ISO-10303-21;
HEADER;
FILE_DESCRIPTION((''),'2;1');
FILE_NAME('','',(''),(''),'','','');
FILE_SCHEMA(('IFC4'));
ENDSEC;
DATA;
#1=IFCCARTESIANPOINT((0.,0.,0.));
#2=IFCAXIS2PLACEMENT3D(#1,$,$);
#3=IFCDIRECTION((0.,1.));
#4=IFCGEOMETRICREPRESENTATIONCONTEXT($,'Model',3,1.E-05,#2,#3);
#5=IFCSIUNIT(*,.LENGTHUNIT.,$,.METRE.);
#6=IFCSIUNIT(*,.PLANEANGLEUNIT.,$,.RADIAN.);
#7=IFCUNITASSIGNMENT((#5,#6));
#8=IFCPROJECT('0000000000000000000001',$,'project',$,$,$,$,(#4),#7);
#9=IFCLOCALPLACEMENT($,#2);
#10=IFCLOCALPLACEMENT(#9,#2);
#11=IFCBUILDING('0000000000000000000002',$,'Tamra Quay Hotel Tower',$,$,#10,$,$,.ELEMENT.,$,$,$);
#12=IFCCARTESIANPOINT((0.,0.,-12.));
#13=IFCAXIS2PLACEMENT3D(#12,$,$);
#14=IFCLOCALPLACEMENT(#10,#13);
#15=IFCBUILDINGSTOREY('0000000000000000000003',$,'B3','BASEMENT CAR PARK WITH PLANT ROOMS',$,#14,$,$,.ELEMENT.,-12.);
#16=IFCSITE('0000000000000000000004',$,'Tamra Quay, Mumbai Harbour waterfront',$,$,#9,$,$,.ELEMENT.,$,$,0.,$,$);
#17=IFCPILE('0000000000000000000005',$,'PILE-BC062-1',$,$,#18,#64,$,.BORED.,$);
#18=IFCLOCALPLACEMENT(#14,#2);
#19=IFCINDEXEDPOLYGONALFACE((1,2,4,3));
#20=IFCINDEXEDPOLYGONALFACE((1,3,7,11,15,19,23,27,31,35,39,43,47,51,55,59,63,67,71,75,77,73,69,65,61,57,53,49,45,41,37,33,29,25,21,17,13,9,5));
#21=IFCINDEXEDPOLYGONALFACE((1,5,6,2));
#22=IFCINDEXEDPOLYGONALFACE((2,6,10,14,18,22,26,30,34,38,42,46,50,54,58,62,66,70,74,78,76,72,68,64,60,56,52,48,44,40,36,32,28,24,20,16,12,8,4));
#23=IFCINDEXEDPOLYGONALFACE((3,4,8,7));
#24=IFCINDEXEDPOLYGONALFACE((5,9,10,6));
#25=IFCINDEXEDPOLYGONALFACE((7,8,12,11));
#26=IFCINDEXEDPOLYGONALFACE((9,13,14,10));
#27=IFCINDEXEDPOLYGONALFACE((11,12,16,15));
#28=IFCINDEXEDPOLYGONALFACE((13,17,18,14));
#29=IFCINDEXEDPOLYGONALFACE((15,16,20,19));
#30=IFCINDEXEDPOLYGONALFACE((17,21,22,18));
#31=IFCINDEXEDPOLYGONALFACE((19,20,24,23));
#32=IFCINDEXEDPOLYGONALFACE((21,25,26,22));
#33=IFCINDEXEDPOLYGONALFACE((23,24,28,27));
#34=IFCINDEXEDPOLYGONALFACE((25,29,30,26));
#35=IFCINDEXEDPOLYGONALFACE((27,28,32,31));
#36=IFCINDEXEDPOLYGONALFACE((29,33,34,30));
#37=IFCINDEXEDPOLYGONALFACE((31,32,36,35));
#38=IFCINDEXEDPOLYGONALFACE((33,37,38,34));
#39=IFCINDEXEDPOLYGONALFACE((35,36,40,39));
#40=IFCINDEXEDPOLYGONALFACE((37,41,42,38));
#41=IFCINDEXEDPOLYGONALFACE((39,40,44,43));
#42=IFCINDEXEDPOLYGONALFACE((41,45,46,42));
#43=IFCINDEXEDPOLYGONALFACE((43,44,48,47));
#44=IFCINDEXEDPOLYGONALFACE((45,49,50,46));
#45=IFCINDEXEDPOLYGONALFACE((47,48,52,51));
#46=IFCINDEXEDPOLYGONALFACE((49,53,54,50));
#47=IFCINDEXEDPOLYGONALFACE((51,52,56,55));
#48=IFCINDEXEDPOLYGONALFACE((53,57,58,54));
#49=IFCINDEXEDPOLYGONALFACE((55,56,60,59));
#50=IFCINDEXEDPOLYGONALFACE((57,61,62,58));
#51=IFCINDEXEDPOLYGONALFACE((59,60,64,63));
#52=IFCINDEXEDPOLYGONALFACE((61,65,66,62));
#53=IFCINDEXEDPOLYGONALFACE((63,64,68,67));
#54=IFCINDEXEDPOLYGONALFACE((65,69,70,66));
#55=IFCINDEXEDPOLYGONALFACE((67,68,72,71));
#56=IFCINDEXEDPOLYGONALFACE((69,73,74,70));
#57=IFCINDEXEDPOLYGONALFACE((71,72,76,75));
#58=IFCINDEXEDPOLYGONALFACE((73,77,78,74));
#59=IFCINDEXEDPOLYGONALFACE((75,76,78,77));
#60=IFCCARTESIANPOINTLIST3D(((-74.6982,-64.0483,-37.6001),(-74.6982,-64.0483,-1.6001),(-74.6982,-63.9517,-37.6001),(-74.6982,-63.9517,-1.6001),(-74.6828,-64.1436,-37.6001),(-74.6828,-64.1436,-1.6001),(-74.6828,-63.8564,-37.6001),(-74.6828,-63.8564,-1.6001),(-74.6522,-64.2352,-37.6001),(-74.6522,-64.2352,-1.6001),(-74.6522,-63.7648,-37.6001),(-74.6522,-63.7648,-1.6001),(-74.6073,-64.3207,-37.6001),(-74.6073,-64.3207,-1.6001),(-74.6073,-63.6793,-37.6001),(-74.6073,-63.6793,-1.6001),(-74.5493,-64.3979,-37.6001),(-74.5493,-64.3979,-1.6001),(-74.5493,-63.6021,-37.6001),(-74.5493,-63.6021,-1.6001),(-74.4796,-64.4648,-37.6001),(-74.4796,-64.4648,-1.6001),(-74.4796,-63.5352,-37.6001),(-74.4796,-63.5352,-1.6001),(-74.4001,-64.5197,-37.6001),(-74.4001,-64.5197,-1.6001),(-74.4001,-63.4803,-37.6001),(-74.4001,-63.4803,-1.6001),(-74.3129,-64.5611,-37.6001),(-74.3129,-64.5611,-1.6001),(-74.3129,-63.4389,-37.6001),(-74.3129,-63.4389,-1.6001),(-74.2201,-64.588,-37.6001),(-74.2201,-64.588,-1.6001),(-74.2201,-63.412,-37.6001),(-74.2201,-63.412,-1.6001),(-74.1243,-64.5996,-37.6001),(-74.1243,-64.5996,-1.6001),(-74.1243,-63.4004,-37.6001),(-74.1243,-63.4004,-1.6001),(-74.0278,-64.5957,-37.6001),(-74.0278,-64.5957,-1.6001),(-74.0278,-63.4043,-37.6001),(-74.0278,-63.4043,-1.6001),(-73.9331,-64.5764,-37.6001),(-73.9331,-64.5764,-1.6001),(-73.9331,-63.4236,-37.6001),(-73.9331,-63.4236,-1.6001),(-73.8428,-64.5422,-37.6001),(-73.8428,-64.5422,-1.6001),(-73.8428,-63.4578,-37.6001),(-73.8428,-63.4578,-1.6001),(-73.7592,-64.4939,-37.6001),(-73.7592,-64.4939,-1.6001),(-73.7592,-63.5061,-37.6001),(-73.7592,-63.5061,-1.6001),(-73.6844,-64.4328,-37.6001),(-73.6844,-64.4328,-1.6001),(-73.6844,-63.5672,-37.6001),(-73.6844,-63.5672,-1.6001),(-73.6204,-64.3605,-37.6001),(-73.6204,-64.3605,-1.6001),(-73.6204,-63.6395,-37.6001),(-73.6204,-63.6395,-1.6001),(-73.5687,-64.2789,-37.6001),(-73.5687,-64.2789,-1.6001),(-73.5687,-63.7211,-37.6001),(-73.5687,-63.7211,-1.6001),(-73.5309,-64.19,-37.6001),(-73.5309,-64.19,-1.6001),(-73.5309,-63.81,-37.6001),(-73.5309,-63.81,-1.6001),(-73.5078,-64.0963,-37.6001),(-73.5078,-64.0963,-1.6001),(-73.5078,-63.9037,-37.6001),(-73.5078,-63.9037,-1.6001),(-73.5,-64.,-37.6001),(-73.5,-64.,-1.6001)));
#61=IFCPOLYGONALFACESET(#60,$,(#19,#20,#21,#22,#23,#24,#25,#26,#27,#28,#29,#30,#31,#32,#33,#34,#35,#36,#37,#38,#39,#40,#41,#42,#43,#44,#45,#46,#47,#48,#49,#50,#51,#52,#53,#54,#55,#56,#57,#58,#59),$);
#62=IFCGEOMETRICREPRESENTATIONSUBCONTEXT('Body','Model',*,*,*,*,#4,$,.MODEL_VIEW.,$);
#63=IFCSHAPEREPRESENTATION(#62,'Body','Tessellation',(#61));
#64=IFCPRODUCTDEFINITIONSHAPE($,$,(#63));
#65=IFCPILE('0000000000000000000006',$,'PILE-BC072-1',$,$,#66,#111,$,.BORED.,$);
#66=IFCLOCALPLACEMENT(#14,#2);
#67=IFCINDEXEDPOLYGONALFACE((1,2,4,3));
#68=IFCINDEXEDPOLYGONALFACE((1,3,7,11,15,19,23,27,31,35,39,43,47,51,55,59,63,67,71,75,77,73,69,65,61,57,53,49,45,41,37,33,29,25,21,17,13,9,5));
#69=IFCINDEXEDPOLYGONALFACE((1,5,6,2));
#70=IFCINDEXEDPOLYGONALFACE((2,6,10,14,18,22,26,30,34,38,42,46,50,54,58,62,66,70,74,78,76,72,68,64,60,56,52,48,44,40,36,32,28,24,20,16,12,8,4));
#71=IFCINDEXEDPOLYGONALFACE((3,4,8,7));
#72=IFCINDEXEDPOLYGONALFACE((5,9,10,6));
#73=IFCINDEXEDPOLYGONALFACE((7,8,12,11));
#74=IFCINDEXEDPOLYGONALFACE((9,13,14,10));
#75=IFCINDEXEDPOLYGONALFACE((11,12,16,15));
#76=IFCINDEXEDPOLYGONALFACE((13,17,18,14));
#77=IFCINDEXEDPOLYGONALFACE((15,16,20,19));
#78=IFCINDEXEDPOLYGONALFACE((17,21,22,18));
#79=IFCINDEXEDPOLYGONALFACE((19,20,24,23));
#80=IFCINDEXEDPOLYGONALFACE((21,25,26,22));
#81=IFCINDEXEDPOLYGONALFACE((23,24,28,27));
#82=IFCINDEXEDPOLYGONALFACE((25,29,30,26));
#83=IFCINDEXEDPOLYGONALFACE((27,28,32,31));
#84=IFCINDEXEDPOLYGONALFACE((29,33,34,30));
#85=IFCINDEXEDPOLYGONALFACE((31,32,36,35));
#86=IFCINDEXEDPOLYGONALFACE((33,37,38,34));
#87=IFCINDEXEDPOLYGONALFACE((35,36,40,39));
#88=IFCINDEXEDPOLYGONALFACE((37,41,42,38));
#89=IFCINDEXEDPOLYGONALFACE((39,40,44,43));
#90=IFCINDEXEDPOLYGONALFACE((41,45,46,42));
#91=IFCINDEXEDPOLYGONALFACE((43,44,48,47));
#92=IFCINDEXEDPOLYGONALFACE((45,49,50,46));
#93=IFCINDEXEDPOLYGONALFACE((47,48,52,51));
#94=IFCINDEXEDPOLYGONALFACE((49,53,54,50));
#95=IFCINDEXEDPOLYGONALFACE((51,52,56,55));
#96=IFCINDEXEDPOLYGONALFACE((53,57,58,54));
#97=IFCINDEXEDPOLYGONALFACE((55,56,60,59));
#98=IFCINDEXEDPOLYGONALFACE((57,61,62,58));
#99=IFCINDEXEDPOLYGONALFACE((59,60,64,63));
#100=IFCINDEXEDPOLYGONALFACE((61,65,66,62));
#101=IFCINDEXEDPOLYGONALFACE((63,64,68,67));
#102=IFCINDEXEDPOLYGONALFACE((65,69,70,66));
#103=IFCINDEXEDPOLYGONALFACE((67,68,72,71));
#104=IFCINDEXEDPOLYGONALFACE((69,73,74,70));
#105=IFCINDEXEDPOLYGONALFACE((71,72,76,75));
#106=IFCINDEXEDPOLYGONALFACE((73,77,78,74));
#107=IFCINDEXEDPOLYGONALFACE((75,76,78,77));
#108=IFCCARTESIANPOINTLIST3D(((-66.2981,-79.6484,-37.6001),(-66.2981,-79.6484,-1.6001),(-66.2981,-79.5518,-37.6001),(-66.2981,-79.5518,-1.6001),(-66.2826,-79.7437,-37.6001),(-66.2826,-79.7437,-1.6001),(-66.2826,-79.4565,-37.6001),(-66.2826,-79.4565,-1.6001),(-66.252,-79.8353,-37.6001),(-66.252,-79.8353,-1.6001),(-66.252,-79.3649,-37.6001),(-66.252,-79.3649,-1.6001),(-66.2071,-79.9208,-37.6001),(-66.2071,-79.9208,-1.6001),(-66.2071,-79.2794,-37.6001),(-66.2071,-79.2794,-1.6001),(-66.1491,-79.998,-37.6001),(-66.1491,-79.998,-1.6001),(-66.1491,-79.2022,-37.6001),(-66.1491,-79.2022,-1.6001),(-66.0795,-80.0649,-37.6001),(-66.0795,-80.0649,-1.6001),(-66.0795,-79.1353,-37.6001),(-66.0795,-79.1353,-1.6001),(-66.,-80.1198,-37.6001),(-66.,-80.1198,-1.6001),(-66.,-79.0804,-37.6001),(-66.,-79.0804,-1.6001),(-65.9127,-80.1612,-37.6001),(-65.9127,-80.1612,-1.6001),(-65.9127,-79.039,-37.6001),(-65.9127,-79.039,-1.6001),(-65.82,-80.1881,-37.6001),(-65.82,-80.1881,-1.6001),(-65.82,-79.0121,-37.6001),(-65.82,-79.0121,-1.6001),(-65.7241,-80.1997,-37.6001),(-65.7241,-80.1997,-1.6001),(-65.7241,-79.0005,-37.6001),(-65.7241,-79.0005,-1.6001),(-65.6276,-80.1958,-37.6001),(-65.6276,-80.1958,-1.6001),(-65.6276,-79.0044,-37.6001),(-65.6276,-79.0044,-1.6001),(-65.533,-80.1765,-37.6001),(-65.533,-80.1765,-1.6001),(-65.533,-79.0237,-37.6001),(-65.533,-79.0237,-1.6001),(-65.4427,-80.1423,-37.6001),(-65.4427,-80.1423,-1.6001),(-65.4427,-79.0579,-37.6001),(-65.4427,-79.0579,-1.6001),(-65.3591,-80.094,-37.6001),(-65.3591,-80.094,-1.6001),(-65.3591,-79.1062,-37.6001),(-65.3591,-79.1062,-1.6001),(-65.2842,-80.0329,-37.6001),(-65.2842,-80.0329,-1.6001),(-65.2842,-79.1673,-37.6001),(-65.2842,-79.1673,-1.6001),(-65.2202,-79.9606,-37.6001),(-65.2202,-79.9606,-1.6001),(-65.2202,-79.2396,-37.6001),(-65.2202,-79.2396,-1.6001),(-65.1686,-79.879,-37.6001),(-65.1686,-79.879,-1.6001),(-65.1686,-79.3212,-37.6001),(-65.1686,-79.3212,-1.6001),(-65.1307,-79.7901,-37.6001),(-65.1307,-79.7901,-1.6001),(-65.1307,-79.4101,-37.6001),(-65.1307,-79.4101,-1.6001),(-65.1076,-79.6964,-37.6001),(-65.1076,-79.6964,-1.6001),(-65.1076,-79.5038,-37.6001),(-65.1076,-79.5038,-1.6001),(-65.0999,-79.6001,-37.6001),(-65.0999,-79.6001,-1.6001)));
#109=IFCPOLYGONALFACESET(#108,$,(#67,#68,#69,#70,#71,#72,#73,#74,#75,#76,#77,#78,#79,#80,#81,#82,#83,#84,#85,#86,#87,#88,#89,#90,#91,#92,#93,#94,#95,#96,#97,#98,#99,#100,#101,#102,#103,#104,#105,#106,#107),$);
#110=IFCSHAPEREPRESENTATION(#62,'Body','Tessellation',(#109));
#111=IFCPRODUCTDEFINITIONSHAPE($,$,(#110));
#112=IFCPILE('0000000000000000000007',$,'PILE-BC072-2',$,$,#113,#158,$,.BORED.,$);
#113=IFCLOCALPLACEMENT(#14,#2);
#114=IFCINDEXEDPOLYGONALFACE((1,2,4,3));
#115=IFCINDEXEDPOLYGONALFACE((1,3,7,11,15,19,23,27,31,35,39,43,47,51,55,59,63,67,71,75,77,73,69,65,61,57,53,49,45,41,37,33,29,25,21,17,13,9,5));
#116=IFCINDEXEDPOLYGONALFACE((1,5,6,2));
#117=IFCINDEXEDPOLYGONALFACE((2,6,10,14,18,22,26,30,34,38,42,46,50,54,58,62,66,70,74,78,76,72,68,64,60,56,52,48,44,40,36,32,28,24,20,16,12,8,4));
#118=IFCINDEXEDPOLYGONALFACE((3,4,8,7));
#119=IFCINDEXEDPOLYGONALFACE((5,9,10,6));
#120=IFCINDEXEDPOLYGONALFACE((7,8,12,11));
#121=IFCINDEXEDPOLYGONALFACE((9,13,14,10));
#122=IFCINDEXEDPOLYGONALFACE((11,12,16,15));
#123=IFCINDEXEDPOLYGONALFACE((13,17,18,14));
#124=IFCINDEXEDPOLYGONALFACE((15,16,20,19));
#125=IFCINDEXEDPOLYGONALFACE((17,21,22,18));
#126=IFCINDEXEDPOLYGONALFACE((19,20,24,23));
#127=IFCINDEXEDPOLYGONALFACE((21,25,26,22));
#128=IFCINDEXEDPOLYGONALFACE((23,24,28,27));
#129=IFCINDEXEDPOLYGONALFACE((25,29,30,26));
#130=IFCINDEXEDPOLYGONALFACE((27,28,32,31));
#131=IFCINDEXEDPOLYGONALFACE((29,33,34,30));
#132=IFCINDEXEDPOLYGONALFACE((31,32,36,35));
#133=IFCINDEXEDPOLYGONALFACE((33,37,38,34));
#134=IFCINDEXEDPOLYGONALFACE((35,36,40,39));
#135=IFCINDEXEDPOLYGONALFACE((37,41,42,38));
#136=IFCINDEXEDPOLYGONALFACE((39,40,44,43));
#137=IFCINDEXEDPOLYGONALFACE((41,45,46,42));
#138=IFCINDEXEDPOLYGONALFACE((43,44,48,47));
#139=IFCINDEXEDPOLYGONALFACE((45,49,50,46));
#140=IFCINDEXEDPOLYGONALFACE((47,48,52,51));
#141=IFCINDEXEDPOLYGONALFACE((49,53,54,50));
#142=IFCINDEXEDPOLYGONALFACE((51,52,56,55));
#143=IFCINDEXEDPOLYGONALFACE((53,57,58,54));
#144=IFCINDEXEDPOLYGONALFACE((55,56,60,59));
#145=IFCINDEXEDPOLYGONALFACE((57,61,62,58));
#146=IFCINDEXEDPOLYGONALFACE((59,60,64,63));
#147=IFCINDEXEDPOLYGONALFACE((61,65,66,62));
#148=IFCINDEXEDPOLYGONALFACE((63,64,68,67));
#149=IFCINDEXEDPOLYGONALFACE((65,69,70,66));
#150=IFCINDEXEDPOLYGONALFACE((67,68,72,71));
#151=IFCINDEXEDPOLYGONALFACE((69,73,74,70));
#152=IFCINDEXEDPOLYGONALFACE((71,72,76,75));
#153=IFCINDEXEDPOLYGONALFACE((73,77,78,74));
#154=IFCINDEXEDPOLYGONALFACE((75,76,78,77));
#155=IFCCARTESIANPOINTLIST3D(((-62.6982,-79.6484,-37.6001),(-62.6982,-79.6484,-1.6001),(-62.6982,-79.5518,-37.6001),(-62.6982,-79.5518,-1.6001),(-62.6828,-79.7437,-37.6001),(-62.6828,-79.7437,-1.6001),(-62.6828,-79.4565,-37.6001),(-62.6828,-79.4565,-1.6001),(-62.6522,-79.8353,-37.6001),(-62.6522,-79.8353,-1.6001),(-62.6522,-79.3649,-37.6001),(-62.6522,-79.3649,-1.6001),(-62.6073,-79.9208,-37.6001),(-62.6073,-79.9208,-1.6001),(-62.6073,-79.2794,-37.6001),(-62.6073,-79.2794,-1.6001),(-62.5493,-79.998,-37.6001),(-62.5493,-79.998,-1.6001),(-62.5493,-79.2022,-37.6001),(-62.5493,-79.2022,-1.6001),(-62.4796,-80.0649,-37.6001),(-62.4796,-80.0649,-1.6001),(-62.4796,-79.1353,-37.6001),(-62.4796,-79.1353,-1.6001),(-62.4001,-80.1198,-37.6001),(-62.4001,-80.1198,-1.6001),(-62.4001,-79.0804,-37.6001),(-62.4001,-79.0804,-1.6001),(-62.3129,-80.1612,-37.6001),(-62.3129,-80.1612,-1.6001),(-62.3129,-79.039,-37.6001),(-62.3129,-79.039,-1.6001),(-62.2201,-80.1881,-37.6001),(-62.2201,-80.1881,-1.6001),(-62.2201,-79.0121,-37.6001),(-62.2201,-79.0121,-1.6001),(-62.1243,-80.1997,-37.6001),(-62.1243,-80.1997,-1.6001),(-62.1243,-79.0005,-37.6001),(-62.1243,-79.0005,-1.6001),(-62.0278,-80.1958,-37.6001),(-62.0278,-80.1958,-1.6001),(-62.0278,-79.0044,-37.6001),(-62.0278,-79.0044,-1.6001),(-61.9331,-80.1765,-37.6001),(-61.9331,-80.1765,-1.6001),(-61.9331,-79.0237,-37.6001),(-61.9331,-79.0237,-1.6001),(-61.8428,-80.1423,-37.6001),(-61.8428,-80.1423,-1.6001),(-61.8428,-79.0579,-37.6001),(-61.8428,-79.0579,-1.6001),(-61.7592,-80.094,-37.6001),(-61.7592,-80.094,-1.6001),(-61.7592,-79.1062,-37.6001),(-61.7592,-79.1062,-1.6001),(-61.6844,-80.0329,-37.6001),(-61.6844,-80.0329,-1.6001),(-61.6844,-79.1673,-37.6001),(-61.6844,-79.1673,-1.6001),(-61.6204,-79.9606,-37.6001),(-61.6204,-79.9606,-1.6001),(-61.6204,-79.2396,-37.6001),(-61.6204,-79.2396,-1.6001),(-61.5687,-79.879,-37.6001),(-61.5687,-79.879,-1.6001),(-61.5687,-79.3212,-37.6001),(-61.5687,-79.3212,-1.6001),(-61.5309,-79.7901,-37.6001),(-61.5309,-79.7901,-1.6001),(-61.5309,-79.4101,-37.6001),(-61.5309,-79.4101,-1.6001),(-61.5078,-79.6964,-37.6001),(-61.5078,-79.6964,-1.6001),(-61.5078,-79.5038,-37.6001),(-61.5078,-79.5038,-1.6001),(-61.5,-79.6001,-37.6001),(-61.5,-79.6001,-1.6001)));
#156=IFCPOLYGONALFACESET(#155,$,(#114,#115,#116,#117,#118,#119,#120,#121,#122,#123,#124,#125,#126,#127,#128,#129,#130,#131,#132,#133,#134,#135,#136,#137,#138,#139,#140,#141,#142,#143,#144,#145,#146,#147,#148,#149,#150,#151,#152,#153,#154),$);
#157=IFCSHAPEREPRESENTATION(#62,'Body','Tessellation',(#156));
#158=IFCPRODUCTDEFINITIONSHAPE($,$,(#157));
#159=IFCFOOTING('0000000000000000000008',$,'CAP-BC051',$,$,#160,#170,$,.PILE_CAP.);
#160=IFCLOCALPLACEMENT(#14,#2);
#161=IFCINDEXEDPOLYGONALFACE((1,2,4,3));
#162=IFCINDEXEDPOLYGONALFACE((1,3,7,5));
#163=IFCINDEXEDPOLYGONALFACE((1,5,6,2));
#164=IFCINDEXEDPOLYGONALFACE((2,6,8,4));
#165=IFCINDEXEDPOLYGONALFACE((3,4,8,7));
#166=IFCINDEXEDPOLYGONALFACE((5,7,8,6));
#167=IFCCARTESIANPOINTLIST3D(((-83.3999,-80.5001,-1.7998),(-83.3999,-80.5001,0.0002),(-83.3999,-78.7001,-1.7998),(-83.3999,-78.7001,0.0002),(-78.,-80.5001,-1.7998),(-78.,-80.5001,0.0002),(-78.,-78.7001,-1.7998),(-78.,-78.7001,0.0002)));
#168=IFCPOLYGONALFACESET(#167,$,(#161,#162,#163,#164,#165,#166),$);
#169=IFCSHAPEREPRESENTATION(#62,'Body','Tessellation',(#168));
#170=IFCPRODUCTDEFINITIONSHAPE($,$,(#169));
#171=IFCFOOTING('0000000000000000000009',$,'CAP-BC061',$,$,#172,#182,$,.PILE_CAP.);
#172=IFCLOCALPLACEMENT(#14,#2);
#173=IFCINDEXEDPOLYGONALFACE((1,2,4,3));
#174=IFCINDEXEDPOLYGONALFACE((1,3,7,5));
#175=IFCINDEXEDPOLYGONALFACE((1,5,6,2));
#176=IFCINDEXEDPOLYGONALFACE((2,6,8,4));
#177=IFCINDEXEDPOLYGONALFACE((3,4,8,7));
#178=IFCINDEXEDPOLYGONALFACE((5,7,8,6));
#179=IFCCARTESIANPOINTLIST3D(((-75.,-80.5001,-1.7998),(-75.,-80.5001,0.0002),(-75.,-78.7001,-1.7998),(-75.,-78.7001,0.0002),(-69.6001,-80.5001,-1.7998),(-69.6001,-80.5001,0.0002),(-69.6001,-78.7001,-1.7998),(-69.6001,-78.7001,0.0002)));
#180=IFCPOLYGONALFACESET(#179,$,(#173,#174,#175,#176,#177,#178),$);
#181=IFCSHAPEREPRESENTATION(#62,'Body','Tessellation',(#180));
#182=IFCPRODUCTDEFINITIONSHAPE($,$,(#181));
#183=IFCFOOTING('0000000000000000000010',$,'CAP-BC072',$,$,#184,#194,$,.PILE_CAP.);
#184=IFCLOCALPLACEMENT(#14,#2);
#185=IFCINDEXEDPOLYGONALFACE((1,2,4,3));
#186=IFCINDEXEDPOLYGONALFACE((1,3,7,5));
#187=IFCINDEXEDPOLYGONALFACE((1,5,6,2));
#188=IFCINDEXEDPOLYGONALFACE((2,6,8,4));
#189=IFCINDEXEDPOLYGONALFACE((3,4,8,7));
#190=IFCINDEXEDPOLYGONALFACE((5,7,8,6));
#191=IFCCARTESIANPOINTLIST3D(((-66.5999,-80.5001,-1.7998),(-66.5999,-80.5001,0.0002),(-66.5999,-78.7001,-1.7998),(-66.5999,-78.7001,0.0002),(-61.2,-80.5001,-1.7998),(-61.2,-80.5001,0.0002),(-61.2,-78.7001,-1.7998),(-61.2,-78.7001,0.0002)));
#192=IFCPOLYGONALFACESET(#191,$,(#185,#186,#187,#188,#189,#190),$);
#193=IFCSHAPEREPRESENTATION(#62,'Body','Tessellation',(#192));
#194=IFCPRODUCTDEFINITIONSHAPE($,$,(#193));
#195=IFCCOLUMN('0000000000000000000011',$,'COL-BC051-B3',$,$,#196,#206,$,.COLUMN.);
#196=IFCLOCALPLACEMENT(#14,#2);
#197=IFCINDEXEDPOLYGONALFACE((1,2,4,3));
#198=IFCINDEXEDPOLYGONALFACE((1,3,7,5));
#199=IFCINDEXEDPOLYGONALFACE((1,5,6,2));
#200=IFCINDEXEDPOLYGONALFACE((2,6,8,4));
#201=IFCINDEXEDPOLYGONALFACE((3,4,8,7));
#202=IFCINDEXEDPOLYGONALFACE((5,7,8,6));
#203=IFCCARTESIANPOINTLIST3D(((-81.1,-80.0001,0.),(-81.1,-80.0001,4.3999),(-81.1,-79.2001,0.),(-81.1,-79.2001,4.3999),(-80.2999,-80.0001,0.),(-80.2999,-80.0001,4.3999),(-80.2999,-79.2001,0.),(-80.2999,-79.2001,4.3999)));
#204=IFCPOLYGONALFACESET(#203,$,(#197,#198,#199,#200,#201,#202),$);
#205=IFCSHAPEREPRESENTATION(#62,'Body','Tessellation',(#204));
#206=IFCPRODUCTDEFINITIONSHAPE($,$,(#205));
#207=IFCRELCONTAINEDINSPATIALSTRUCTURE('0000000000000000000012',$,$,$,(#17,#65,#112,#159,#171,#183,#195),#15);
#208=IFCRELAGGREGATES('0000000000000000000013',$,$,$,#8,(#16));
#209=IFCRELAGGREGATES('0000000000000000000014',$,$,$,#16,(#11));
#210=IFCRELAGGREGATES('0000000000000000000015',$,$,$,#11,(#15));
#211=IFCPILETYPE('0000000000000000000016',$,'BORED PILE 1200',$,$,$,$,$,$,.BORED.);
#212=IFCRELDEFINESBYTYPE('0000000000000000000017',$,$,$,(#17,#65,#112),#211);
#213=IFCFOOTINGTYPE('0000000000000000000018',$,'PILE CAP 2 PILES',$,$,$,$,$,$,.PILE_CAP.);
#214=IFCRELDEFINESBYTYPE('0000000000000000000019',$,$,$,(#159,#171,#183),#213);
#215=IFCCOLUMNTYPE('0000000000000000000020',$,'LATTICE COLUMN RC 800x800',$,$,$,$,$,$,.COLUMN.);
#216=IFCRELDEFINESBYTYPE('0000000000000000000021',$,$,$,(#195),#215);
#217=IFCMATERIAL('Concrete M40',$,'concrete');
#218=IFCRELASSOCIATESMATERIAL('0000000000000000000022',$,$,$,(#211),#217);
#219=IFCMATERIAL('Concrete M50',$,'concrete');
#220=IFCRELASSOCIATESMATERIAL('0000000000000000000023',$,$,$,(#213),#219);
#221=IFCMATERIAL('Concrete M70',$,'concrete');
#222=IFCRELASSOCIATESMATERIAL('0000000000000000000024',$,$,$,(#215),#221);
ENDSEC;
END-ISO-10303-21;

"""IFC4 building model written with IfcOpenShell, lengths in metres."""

from ifc_helpers import new_model, si_unit, direction, frame, origin, origin_2d, place, context, subcontext, project, spatial, rectangle, circle, extrude, material, material_profile, profile_set, type_object, element, save


model = new_model("IFC4")

# Units and contexts
model_context = context("Model", 3, precision=1e-05, world=origin(), true_north=direction((0.0, 1.0)))
body_context = subcontext(model_context, "Body", "Model", "MODEL_VIEW")
ifc_project = project(units=[si_unit("LENGTHUNIT", "METRE"), si_unit("PLANEANGLEUNIT", "RADIAN")], contexts=[model_context])

# Site, building, storey
site_placement = place(None, origin())
site = spatial("IfcSite", under=ifc_project, at=site_placement, Name="Tamra Quay, Mumbai Harbour waterfront", CompositionType="ELEMENT", RefElevation=0.0)
building_placement = place(site_placement, origin())
building = spatial("IfcBuilding", under=site, at=building_placement, Name="Tamra Quay Hotel Tower", CompositionType="ELEMENT")
storey_placement = place(building_placement, frame((0.0, 0.0, -12.0)))
storey = spatial("IfcBuildingStorey", under=building, at=storey_placement, Name="B3", Description="BASEMENT CAR PARK WITH PLANT ROOMS", CompositionType="ELEMENT", Elevation=-12.0)

# Piles
ifc_material_1 = material(Name="Concrete M40", Category="concrete")
ifc_material_profile_1 = material_profile(ifc_material_1, circle(Radius=0.6001, at=origin_2d()), Name="BORED PILE 1200")
ifc_profile_set_1 = profile_set([ifc_material_profile_1], Name="Concrete M40")
pile_type = type_object("IfcPileType", Name="BORED PILE 1200", PredefinedType="BORED", material=ifc_profile_set_1)
for number, where, z_axis, x_axis, name in (
    (1, (-74.1001, -64.0, -1.6001), (0.0, 0.0, -1.0), (1.0, 0.0, 0.0), "PILE-BC062-1"),
    (2, (-65.7, -79.6001, -1.6001), (0.0, 0.0, -1.0), (1.0, 0.0, 0.0), "PILE-BC072-1"),
    (3, (-62.1001, -79.6001, -1.6001), (0.0, 0.0, -1.0), (1.0, 0.0, 0.0), "PILE-BC072-2"),
):
    element("IfcPile", number, at=place(storey_placement, frame(where, z_axis=z_axis, x_axis=x_axis)), inside=storey, type_object=pile_type, Name=name, PredefinedType="BORED", context=body_context, shape_type="SweptSolid", body=[
        extrude(circle(Radius=0.6001, at=origin_2d()), origin(), (0.0, 0.0, 1.0), 36.0),
    ])

# Footings
ifc_material_2 = material(Name="Concrete M50", Category="concrete")
footing_type = type_object("IfcFootingType", Name="PILE CAP 2 PILES", PredefinedType="PILE_CAP", material=ifc_material_2)
for number, where, z_axis, x_axis, name in (
    (4, (-80.7, -79.6001, -1.7998), (0.0, 0.0, 1.0), (1.0, 0.0, 0.0), "CAP-BC051"),
    (5, (-72.3, -79.6001, -1.7998), (0.0, 0.0, 1.0), (1.0, 0.0, 0.0), "CAP-BC061"),
    (6, (-63.8999, -79.6001, -1.7998), (0.0, 0.0, 1.0), (1.0, 0.0, 0.0), "CAP-BC072"),
):
    element("IfcFooting", number, at=place(storey_placement, frame(where, z_axis=z_axis, x_axis=x_axis)), inside=storey, type_object=footing_type, Name=name, PredefinedType="PILE_CAP", context=body_context, shape_type="SweptSolid", body=[
        extrude(rectangle(XDim=5.3999, YDim=1.8, at=origin_2d()), origin(), (0.0, 0.0, 1.0), 1.8),
    ])

# Column
ifc_material_3 = material(Name="Concrete M70", Category="concrete")
ifc_material_profile_2 = material_profile(ifc_material_3, rectangle(XDim=0.8, YDim=0.8, at=origin_2d()), Name="LATTICE COLUMN RC 800x800")
ifc_profile_set_2 = profile_set([ifc_material_profile_2], Name="Concrete M70")
column_type = type_object("IfcColumnType", Name="LATTICE COLUMN RC 800x800", PredefinedType="COLUMN", material=ifc_profile_set_2)
for number, where, z_axis, x_axis, name in (
    (7, (-80.7, -79.6001, 0.0), (0.0, 0.0, 1.0), (1.0, 0.0, 0.0), "COL-BC051-B3"),
):
    element("IfcColumn", number, at=place(storey_placement, frame(where, z_axis=z_axis, x_axis=x_axis)), inside=storey, type_object=column_type, Name=name, PredefinedType="COLUMN", context=body_context, shape_type="SweptSolid", body=[
        extrude(rectangle(XDim=0.8, YDim=0.8, at=origin_2d()), origin(), (0.0, 0.0, 1.0), 4.3999),
    ])

save(model, "model.ifc")
